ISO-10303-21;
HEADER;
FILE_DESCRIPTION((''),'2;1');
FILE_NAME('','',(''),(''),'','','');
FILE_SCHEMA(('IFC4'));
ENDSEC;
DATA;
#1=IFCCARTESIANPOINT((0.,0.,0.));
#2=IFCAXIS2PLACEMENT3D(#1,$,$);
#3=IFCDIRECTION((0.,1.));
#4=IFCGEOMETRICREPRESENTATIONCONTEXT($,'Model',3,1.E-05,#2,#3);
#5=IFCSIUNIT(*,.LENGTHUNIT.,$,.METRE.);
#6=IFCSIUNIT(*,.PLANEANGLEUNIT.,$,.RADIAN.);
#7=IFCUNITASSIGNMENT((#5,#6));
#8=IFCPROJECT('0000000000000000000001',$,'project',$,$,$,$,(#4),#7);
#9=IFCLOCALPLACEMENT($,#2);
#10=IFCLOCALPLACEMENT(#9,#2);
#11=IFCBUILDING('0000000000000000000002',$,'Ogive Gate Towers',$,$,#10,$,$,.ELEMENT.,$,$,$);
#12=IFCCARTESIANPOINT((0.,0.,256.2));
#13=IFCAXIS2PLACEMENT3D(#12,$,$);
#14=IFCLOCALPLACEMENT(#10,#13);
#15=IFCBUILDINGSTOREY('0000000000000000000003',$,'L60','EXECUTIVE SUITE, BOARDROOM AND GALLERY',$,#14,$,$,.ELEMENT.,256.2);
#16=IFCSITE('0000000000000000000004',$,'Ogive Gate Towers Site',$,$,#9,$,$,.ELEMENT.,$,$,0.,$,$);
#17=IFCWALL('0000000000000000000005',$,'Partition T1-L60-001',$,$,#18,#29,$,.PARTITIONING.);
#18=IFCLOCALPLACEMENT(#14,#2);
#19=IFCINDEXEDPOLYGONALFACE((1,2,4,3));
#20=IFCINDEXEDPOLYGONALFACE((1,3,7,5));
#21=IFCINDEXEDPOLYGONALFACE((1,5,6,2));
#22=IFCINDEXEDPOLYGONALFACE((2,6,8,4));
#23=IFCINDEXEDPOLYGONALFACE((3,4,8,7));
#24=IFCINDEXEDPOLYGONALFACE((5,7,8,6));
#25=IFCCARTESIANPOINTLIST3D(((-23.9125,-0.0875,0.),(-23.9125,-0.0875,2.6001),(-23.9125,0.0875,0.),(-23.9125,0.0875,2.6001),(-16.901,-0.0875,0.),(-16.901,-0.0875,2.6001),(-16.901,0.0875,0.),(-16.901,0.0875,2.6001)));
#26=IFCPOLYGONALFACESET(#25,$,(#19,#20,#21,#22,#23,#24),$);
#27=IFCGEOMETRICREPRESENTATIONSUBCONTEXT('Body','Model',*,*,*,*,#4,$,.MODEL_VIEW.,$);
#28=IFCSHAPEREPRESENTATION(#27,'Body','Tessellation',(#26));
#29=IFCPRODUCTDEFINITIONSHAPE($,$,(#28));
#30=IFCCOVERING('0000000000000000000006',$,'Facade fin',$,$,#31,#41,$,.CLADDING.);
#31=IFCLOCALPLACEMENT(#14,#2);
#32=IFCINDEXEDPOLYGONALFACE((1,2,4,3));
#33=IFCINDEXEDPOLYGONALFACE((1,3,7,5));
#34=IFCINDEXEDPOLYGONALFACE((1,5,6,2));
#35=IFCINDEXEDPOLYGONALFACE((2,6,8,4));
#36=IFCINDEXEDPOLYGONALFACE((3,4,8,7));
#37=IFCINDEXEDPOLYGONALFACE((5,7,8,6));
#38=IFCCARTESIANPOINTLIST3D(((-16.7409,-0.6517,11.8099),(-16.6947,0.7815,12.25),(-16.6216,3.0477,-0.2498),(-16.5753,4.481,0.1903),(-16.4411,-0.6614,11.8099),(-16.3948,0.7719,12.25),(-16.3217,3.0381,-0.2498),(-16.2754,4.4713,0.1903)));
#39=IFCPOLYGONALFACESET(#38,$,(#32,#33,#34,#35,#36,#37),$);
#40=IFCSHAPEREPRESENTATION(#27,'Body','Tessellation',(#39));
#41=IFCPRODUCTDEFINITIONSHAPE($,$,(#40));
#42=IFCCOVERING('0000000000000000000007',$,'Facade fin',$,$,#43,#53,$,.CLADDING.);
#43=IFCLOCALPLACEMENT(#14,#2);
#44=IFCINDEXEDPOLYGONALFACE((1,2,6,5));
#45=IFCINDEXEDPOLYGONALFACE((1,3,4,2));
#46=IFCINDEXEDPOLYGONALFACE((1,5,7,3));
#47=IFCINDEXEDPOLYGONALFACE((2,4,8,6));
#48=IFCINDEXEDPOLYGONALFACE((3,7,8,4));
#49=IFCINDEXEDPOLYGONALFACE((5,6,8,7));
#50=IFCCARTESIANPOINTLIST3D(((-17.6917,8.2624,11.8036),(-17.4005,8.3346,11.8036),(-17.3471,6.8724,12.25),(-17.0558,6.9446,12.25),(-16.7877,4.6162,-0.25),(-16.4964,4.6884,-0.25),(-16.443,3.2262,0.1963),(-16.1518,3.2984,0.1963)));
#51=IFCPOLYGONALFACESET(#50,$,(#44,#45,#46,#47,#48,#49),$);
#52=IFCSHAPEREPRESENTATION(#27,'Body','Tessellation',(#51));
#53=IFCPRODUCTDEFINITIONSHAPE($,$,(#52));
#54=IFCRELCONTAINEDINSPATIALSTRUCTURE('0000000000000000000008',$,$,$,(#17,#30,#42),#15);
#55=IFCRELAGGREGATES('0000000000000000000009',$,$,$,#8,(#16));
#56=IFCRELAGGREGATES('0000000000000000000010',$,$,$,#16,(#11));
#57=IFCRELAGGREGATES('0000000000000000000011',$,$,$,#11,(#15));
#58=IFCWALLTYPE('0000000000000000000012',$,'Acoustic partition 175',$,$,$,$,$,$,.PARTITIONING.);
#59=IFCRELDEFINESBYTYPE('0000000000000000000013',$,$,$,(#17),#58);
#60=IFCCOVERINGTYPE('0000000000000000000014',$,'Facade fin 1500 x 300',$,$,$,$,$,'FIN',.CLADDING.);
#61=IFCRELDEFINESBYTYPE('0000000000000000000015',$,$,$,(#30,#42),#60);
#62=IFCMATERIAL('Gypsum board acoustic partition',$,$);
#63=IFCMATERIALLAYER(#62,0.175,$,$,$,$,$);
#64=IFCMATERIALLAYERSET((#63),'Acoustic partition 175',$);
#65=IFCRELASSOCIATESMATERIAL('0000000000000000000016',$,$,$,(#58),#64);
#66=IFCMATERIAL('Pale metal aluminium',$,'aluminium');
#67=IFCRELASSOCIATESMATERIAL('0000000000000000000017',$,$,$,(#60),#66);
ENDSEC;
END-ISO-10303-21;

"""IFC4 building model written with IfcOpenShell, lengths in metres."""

from ifc_helpers import new_model, si_unit, direction, frame, frame_2d, origin, origin_2d, place, context, subcontext, project, spatial, rectangle, extrude, material, layer, layer_set, material_profile, profile_set, type_object, element, save


model = new_model("IFC4")

# Units and contexts
model_context = context("Model", 3, precision=1e-05, world=origin(), true_north=direction((0.0, 1.0)))
body_context = subcontext(model_context, "Body", "Model", "MODEL_VIEW")
ifc_project = project(units=[si_unit("LENGTHUNIT", "METRE"), si_unit("PLANEANGLEUNIT", "RADIAN")], contexts=[model_context])

# Site, building, storey
site_placement = place(None, origin())
site = spatial("IfcSite", under=ifc_project, at=site_placement, Name="Ogive Gate Towers Site", CompositionType="ELEMENT", RefElevation=0.0)
building_placement = place(site_placement, origin())
building = spatial("IfcBuilding", under=site, at=building_placement, Name="Ogive Gate Towers", CompositionType="ELEMENT")
storey_placement = place(building_placement, frame((0.0, 0.0, 256.2)))
storey = spatial("IfcBuildingStorey", under=building, at=storey_placement, Name="L60", Description="EXECUTIVE SUITE, BOARDROOM AND GALLERY", CompositionType="ELEMENT", Elevation=256.2)

# Shared definitions
ifc_material_1 = material(Name="Pale metal aluminium", Category="aluminium")

# Wall
ifc_material_2 = material(Name="Gypsum board acoustic partition")
ifc_layer_1 = layer(ifc_material_2, 0.175)
ifc_layer_set_1 = layer_set([ifc_layer_1], Name="Acoustic partition 175")
wall_type = type_object("IfcWallType", Name="Acoustic partition 175", PredefinedType="PARTITIONING", material=ifc_layer_set_1)
wall_placement = place(storey_placement, frame((-16.9009, 0.0, 0.0), z_axis=(0.0, 0.0, 1.0), x_axis=(-1.0, 0.0, 0.0)))
element("IfcWall", 1, at=wall_placement, inside=storey, type_object=wall_type, Name="Partition T1-L60-001", PredefinedType="PARTITIONING", context=body_context, shape_type="SweptSolid", body=[
    extrude(rectangle(XDim=7.0115, YDim=0.175, at=frame_2d((3.5059, 0.0))), origin(), (0.0, 0.0, 1.0), 2.6001),
])

# Coverings
ifc_material_profile_1 = material_profile(ifc_material_1, rectangle(XDim=0.3, YDim=1.5, at=origin_2d()), Name="1500 x 300 pale metal aluminium")
ifc_profile_set_1 = profile_set([ifc_material_profile_1], Name="Pale metal aluminium")
covering_type = type_object("IfcCoveringType", Name="Facade fin 1500 x 300", ElementType="FIN", PredefinedType="CLADDING", material=ifc_profile_set_1)
covering_1_placement = place(storey_placement, frame((-16.4485, 3.7595, -0.0298), z_axis=(-0.009464, -0.293258, 0.955987), x_axis=(0.99948, -0.032254, 0.0)))
element("IfcCovering", 2, at=covering_1_placement, inside=storey, type_object=covering_type, Name="Facade fin", PredefinedType="CLADDING", context=body_context, shape_type="SweptSolid", body=[
    extrude(rectangle(XDim=0.3, YDim=1.5, at=origin_2d()), origin(), (0.0, 0.0, 1.0), 12.615),
])
covering_2_placement = place(storey_placement, frame((-16.4697, 3.9573, -0.0269), z_axis=(-0.071605, 0.288799, 0.954708), x_axis=(-0.970611, -0.240654, 0.0)))
element("IfcCovering", 3, at=covering_2_placement, inside=storey, type_object=covering_type, Name="Facade fin", PredefinedType="CLADDING", context=body_context, shape_type="SweptSolid", body=[
    extrude(rectangle(XDim=0.3, YDim=1.5, at=origin_2d()), origin(), (0.0, 0.0, 1.0), 12.6255),
])

save(model, "model.ifc")
